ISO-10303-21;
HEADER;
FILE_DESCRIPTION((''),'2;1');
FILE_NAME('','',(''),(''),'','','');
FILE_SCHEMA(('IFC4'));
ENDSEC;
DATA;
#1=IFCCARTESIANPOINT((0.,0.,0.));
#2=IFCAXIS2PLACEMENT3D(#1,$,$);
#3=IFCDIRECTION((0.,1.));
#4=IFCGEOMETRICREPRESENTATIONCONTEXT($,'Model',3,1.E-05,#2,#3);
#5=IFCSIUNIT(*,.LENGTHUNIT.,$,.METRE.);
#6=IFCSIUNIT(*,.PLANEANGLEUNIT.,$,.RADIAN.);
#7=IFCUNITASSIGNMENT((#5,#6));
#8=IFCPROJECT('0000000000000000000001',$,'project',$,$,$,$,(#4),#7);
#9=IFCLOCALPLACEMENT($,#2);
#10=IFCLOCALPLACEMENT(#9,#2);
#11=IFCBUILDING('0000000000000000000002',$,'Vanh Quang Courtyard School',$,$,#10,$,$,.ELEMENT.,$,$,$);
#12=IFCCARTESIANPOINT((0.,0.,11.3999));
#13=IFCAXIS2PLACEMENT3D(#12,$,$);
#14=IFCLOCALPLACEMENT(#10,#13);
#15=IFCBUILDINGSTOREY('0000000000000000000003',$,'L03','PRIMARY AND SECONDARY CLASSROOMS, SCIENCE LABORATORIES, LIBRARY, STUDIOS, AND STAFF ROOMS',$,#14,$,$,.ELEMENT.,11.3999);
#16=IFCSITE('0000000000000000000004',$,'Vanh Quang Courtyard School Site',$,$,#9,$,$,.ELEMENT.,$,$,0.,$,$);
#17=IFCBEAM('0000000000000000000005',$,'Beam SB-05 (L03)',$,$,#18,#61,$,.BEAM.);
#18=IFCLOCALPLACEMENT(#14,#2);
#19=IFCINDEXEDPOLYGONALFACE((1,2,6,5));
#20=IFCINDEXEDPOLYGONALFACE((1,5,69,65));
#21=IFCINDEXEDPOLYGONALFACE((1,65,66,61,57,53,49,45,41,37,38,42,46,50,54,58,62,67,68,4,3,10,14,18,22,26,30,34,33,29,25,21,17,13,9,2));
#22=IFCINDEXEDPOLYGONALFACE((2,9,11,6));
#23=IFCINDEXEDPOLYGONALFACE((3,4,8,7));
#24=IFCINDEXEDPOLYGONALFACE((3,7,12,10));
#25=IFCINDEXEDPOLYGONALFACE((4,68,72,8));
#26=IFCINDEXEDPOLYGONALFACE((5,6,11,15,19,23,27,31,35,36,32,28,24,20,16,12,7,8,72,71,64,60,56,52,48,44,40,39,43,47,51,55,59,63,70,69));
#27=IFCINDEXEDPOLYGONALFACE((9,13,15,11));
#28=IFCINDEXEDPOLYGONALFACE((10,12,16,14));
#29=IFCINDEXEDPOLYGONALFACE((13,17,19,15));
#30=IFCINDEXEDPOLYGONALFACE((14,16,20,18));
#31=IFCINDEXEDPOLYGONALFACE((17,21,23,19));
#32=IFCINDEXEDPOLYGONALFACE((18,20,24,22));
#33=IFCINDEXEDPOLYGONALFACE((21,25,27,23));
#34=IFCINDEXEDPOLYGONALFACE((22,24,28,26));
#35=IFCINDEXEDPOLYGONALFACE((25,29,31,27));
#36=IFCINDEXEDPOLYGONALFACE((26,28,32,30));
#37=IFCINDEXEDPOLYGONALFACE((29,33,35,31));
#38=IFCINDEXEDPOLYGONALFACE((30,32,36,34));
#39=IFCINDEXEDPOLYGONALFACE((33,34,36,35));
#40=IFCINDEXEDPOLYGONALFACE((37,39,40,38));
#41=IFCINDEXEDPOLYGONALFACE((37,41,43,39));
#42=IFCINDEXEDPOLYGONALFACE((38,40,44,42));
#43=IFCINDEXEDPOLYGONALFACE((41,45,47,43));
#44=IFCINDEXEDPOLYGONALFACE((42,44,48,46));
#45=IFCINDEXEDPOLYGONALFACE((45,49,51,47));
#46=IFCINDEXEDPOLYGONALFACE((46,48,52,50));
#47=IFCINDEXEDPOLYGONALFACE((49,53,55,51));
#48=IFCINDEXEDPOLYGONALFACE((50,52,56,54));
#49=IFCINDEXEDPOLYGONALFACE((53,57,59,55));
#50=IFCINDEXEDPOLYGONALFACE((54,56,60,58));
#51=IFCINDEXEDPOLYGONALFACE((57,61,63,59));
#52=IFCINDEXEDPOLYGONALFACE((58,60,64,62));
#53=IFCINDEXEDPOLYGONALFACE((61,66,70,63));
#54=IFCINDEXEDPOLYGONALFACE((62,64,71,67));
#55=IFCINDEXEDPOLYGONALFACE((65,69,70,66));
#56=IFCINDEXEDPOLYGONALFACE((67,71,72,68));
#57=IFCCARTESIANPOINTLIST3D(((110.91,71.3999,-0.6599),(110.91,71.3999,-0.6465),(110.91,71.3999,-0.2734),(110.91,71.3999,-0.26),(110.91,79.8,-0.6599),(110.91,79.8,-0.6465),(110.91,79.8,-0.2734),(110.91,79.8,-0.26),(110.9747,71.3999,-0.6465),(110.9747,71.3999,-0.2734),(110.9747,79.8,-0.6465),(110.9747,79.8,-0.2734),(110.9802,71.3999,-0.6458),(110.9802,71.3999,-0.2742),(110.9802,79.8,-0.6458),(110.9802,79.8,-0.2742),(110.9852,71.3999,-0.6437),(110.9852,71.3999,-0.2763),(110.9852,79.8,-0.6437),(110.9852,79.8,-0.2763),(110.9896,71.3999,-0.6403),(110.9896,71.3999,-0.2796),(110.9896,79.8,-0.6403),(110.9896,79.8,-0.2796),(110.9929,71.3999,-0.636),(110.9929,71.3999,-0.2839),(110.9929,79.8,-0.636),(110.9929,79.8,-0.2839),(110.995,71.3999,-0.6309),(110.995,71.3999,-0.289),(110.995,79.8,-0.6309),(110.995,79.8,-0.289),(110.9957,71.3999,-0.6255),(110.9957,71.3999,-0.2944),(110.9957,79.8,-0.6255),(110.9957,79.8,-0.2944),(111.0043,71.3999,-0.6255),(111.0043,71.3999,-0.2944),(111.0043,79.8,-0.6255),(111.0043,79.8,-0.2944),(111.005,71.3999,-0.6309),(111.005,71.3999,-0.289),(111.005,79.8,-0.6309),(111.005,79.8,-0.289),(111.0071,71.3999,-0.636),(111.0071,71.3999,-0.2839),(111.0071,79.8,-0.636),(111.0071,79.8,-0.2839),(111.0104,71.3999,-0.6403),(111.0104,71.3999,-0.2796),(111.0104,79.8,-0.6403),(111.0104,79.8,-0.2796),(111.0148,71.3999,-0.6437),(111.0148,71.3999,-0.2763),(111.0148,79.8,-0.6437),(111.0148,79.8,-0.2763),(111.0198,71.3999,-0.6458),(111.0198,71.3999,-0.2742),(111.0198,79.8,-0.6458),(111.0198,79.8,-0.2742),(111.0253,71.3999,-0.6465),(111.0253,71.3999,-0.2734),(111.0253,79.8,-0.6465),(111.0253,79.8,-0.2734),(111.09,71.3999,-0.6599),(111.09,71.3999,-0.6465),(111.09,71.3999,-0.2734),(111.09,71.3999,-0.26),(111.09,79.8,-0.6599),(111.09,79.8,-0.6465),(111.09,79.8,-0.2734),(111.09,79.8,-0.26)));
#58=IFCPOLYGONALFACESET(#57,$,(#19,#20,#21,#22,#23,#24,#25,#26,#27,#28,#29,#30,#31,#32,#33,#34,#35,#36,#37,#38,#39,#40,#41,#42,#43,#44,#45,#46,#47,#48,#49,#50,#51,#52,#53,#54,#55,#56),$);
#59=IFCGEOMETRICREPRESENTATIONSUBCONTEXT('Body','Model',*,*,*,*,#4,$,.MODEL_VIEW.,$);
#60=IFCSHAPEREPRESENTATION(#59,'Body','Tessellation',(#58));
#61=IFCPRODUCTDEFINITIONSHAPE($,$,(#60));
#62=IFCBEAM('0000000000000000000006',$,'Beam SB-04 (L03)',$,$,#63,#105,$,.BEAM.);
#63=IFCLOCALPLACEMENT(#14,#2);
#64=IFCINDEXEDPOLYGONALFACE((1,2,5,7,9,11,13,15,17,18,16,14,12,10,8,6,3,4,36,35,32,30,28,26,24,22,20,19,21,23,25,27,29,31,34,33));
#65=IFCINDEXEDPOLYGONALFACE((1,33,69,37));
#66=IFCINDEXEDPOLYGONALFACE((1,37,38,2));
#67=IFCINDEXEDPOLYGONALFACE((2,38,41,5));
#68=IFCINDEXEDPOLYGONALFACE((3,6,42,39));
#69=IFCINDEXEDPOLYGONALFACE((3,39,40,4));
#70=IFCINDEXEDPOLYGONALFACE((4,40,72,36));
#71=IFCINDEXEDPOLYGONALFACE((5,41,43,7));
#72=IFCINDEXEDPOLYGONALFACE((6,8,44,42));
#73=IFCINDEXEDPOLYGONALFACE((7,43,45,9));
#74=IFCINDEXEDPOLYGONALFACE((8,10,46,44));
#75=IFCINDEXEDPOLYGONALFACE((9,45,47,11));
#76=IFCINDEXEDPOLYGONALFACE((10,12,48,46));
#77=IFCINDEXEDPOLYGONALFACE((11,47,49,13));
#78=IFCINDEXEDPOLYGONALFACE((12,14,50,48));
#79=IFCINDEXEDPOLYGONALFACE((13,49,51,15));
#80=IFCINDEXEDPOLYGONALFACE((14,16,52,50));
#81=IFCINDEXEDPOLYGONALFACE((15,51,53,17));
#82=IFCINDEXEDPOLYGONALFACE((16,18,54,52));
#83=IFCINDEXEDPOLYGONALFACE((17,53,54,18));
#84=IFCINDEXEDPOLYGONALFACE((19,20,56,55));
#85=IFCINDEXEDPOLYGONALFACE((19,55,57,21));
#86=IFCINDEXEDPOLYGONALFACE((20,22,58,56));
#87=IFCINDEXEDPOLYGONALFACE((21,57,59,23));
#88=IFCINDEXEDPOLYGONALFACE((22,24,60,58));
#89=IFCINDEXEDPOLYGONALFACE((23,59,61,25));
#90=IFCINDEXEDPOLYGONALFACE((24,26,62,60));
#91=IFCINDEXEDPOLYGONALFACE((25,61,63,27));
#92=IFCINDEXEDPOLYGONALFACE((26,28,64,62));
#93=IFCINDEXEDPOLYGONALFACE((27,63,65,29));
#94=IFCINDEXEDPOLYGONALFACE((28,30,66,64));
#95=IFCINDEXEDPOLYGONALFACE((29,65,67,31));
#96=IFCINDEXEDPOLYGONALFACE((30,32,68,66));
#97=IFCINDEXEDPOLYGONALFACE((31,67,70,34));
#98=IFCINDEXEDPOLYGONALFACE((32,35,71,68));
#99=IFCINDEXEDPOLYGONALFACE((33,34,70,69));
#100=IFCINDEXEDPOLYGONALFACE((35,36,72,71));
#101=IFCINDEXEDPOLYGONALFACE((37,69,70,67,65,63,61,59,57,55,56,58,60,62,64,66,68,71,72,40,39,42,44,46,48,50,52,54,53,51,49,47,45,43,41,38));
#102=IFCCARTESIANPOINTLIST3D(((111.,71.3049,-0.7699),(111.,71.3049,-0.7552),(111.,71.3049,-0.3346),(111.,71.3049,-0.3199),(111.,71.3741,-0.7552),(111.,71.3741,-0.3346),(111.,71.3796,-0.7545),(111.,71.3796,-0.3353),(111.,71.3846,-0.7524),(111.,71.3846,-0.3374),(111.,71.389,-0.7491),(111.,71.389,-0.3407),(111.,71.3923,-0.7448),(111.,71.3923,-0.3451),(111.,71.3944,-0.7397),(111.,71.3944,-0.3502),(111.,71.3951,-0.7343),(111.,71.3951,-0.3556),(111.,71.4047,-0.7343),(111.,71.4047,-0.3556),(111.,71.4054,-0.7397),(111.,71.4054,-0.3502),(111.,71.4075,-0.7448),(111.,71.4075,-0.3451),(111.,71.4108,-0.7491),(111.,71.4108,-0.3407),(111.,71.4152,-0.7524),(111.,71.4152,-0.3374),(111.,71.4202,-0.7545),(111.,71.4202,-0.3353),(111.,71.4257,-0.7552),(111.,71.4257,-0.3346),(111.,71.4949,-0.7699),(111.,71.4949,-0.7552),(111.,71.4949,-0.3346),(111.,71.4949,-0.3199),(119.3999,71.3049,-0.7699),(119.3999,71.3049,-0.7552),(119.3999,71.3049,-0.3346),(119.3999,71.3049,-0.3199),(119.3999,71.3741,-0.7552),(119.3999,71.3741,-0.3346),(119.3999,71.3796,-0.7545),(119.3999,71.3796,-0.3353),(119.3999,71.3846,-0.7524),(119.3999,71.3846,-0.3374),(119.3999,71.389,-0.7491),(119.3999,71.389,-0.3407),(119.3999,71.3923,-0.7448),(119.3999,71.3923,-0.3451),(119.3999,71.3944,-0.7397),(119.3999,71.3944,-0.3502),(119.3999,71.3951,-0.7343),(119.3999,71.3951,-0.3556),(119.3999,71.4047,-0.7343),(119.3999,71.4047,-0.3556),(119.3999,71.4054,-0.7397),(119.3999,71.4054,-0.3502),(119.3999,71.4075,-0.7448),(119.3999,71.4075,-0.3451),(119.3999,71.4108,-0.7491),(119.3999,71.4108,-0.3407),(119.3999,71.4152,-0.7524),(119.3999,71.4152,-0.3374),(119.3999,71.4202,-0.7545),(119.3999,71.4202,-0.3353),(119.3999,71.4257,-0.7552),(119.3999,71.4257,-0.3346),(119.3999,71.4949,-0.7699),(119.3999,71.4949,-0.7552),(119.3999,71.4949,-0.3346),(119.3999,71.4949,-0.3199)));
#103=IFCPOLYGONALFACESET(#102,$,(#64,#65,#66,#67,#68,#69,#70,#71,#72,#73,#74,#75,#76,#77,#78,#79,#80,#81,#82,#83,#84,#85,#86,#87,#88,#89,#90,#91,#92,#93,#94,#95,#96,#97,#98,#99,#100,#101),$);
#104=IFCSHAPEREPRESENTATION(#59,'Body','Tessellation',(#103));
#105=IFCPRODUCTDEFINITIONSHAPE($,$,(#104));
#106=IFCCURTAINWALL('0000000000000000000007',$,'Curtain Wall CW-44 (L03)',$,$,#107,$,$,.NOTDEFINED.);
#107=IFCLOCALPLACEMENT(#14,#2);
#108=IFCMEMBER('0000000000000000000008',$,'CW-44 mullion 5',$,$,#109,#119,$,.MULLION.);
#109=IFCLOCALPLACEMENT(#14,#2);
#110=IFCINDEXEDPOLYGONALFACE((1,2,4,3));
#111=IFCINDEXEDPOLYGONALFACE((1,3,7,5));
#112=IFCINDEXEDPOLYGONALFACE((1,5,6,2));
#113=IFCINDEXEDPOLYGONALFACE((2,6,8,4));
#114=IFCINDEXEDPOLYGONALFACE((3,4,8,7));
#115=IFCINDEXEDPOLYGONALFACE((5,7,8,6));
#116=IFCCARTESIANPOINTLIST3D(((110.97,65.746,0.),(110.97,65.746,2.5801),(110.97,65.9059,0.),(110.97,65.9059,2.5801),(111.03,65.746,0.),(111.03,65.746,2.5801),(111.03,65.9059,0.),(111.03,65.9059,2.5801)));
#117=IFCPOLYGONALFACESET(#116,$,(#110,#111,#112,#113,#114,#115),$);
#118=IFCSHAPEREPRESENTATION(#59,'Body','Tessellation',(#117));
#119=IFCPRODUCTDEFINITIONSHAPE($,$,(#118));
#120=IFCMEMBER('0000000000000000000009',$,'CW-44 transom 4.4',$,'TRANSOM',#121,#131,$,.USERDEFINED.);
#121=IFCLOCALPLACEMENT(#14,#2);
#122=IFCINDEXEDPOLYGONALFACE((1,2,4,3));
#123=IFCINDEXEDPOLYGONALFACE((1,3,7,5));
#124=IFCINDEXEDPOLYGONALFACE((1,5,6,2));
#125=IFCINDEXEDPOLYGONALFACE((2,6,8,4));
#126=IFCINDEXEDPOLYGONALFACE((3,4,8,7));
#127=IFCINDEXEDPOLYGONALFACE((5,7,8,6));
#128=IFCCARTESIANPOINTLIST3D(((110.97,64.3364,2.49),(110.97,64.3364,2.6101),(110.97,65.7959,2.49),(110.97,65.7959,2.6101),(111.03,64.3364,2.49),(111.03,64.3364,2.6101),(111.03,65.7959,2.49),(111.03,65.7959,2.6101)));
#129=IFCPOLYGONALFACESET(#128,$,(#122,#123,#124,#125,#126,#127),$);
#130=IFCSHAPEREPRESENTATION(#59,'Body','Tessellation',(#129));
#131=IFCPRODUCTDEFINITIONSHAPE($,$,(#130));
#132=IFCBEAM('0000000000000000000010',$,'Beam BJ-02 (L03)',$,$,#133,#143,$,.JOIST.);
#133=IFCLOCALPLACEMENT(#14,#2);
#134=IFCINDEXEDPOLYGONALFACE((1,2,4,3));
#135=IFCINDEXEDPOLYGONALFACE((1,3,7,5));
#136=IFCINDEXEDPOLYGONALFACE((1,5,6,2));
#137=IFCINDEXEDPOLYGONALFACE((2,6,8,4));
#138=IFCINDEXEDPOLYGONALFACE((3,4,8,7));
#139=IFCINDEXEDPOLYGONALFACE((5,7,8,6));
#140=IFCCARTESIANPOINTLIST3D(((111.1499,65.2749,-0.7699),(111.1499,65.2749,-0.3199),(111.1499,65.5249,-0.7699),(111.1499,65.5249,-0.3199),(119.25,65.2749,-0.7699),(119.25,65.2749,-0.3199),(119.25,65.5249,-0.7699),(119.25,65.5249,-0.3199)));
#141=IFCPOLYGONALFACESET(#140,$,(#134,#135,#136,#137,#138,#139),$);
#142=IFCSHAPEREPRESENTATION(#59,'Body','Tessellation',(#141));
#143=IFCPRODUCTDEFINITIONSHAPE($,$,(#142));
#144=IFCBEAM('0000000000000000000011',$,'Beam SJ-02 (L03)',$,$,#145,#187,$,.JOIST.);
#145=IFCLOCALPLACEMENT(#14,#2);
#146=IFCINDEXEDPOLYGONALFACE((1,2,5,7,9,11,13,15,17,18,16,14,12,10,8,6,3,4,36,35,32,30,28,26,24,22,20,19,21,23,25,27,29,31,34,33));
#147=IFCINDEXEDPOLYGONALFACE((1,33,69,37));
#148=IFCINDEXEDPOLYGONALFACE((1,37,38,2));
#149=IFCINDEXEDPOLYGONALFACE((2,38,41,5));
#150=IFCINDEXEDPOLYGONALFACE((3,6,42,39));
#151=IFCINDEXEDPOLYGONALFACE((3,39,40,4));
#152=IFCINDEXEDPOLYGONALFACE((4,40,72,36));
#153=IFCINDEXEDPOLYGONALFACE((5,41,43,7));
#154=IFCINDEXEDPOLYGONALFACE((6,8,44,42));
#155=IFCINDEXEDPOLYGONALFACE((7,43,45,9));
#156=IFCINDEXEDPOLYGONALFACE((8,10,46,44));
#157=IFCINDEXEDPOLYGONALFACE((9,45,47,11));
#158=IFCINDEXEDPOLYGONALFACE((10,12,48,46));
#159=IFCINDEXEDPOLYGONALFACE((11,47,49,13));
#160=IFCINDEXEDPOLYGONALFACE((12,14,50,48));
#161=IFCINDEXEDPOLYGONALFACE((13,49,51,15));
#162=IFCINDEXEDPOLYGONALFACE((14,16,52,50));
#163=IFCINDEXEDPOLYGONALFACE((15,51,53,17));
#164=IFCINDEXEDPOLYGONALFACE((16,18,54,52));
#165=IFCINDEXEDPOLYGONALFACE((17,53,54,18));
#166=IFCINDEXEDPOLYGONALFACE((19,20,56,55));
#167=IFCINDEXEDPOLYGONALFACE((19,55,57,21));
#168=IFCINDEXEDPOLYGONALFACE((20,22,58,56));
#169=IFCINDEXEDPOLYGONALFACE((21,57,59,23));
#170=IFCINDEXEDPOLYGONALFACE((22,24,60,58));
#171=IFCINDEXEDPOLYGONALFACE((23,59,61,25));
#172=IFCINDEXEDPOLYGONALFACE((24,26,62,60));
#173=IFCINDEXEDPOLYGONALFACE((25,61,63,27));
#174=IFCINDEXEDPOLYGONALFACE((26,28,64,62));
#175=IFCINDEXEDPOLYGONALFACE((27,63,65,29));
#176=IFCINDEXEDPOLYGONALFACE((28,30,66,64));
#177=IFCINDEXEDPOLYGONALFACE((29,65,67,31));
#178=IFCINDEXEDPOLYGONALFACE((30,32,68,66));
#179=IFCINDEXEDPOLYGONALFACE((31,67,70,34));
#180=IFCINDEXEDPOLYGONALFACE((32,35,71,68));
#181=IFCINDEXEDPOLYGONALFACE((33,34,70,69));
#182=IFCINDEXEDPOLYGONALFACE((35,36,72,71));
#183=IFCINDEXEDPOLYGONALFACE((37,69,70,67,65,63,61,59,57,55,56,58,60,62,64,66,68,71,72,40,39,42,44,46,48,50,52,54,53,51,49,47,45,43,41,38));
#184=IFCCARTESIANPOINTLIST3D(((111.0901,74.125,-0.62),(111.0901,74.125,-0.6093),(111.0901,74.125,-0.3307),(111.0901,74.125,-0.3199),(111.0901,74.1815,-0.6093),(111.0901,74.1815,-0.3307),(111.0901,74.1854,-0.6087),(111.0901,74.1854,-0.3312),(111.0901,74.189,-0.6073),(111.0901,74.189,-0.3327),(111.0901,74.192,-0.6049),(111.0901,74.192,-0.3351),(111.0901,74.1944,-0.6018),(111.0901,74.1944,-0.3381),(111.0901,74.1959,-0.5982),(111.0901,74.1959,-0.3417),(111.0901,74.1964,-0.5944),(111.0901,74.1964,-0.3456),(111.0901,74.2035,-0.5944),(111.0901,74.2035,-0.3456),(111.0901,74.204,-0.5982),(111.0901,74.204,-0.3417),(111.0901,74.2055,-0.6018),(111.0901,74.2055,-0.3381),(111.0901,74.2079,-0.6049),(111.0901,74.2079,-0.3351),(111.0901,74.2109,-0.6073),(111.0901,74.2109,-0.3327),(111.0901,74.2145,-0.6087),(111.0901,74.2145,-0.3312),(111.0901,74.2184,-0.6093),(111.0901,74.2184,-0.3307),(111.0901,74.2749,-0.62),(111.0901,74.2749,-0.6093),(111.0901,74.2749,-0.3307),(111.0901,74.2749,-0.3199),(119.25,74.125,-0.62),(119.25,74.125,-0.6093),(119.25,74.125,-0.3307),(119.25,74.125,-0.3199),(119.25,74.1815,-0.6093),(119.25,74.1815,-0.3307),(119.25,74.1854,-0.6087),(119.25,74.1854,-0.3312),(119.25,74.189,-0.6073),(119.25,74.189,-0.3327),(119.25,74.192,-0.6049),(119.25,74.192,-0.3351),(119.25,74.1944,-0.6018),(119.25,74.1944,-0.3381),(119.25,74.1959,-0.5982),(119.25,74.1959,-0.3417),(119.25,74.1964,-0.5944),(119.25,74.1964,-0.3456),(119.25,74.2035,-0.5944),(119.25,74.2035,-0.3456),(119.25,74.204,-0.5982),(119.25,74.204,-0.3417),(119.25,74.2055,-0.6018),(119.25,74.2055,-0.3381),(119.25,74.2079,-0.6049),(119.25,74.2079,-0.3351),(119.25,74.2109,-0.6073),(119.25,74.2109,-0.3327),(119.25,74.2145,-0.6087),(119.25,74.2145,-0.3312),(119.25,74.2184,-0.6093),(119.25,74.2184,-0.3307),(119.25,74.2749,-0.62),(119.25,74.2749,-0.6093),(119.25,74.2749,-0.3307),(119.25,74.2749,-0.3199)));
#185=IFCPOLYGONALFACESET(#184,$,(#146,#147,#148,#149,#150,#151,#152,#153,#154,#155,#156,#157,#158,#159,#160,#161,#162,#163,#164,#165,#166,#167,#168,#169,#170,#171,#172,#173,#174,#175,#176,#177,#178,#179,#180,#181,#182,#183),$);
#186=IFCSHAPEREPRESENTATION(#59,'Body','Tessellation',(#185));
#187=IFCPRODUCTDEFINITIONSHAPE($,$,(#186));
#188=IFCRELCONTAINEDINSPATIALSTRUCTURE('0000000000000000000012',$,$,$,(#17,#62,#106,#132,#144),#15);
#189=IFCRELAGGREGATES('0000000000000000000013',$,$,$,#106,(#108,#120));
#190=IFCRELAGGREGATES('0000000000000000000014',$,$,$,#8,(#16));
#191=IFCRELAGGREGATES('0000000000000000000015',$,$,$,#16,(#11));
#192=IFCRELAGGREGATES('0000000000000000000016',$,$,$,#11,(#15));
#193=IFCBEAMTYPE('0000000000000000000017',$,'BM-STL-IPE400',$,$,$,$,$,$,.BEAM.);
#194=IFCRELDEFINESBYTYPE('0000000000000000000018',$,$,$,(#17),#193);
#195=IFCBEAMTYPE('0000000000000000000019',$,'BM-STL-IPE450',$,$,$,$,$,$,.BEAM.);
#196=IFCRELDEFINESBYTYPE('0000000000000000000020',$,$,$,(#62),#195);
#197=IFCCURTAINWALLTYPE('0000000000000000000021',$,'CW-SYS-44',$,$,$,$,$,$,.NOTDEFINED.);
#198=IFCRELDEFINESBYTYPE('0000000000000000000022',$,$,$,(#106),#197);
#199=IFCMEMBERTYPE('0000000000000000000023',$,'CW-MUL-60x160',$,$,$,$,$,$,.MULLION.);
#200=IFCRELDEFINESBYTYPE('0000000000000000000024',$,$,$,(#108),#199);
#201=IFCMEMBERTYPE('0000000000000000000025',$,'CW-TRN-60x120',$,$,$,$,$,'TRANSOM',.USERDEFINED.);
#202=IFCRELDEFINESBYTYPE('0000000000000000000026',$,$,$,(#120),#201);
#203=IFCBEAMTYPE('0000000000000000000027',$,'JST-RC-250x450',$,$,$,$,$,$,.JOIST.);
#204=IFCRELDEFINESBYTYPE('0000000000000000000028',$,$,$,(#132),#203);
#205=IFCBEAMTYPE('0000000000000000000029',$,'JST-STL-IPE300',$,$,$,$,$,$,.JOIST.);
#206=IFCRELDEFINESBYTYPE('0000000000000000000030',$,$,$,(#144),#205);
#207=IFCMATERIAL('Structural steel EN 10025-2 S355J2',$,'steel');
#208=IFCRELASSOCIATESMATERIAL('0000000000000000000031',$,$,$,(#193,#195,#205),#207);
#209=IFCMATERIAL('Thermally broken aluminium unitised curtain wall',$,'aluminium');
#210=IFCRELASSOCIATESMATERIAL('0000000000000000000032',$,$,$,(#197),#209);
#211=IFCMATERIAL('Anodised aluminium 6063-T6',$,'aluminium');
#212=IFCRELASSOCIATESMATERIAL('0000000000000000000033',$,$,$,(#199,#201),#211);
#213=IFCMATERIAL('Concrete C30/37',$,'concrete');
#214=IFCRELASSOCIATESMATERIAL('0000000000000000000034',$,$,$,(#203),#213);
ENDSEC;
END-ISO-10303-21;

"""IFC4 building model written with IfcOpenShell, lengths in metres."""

from ifc_helpers import new_model, si_unit, direction, frame, origin, origin_2d, place, context, subcontext, project, spatial, rectangle, i_section, extrude, material, material_profile, profile_set, type_object, element, aggregate, save


model = new_model("IFC4")

# Units and contexts
model_context = context("Model", 3, precision=1e-05, world=origin(), true_north=direction((0.0, 1.0)))
body_context = subcontext(model_context, "Body", "Model", "MODEL_VIEW")
ifc_project = project(units=[si_unit("LENGTHUNIT", "METRE"), si_unit("PLANEANGLEUNIT", "RADIAN")], contexts=[model_context])

# Site, building, storey
site_placement = place(None, origin())
site = spatial("IfcSite", under=ifc_project, at=site_placement, Name="Vanh Quang Courtyard School Site", CompositionType="ELEMENT", RefElevation=0.0)
building_placement = place(site_placement, origin())
building = spatial("IfcBuilding", under=site, at=building_placement, Name="Vanh Quang Courtyard School", CompositionType="ELEMENT")
storey_placement = place(building_placement, frame((0.0, 0.0, 11.3999)))
storey = spatial("IfcBuildingStorey", under=building, at=storey_placement, Name="L03", Description="PRIMARY AND SECONDARY CLASSROOMS, SCIENCE LABORATORIES, LIBRARY, STUDIOS, AND STAFF ROOMS", CompositionType="ELEMENT", Elevation=11.3999)

# Beams
ifc_material_1 = material(Name="Structural steel EN 10025-2 S355J2", Category="steel")
ifc_material_profile_1 = material_profile(ifc_material_1, i_section(OverallWidth=0.1799, OverallDepth=0.3999, WebThickness=0.0085, FlangeThickness=0.0134, FilletRadius=0.021, at=origin_2d()), Name="IPE 400")
ifc_profile_set_1 = profile_set([ifc_material_profile_1], Name="Structural steel EN 10025-2 S355J2")
beam_type_1 = type_object("IfcBeamType", Name="BM-STL-IPE400", PredefinedType="BEAM", material=ifc_profile_set_1)
beam_1_placement = place(storey_placement, frame((111.0, 71.3999, -0.46), z_axis=(0.0, 1.0, 0.0), x_axis=(-1.0, 0.0, 0.0)))
element("IfcBeam", 1, at=beam_1_placement, inside=storey, type_object=beam_type_1, Name="Beam SB-05 (L03)", PredefinedType="BEAM", context=body_context, shape_type="SweptSolid", body=[
    extrude(i_section(OverallWidth=0.1799, OverallDepth=0.3999, WebThickness=0.0085, FlangeThickness=0.0134, FilletRadius=0.021, at=origin_2d()), origin(), (0.0, 0.0, 1.0), 8.4001),
])
ifc_material_profile_2 = material_profile(ifc_material_1, i_section(OverallWidth=0.1899, OverallDepth=0.45, WebThickness=0.0095, FlangeThickness=0.0146, FilletRadius=0.021, at=origin_2d()), Name="IPE 450")
ifc_profile_set_2 = profile_set([ifc_material_profile_2], Name="Structural steel EN 10025-2 S355J2")
beam_type_2 = type_object("IfcBeamType", Name="BM-STL-IPE450", PredefinedType="BEAM", material=ifc_profile_set_2)
beam_2_placement = place(storey_placement, frame((111.0, 71.3999, -0.5449), z_axis=(1.0, 0.0, 0.0), x_axis=(0.0, 1.0, 0.0)))
element("IfcBeam", 2, at=beam_2_placement, inside=storey, type_object=beam_type_2, Name="Beam SB-04 (L03)", PredefinedType="BEAM", context=body_context, shape_type="SweptSolid", body=[
    extrude(i_section(OverallWidth=0.1899, OverallDepth=0.45, WebThickness=0.0095, FlangeThickness=0.0146, FilletRadius=0.021, at=origin_2d()), origin(), (0.0, 0.0, 1.0), 8.3999),
])

# Curtain wall, members
ifc_material_2 = material(Name="Thermally broken aluminium unitised curtain wall", Category="aluminium")
curtain_wall_type = type_object("IfcCurtainWallType", Name="CW-SYS-44", PredefinedType="NOTDEFINED", material=ifc_material_2)
curtain_wall_placement = place(storey_placement, origin())
curtain_wall = element("IfcCurtainWall", 3, at=curtain_wall_placement, inside=storey, type_object=curtain_wall_type, Name="Curtain Wall CW-44 (L03)", PredefinedType="NOTDEFINED")
ifc_material_3 = material(Name="Anodised aluminium 6063-T6", Category="aluminium")
ifc_material_profile_3 = material_profile(ifc_material_3, rectangle(XDim=0.0601, YDim=0.1599, at=origin_2d()), Name="ALU-MUL 60x160")
ifc_profile_set_3 = profile_set([ifc_material_profile_3], Name="Anodised aluminium 6063-T6")
member_type_1 = type_object("IfcMemberType", Name="CW-MUL-60x160", PredefinedType="MULLION", material=ifc_profile_set_3)
member_1_placement = place(storey_placement, frame((111.0, 65.8259, 0.0), z_axis=(0.0, 0.0, 1.0), x_axis=(-1.0, 0.0, 0.0)))
member_1 = element("IfcMember", 4, at=member_1_placement, type_object=member_type_1, Name="CW-44 mullion 5", PredefinedType="MULLION", context=body_context, shape_type="SweptSolid", body=[
    extrude(rectangle(XDim=0.0601, YDim=0.1599, at=origin_2d()), origin(), (0.0, 0.0, 1.0), 2.5801),
])
ifc_material_profile_4 = material_profile(ifc_material_3, rectangle(XDim=0.0601, YDim=0.1201, at=origin_2d()), Name="ALU-TRN 60x120")
ifc_profile_set_4 = profile_set([ifc_material_profile_4], Name="Anodised aluminium 6063-T6")
member_type_2 = type_object("IfcMemberType", Name="CW-TRN-60x120", ElementType="TRANSOM", PredefinedType="USERDEFINED", material=ifc_profile_set_4)
member_2_placement = place(storey_placement, frame((111.0, 64.3364, 2.55), z_axis=(0.0, 1.0, 0.0), x_axis=(-1.0, 0.0, 0.0)))
member_2 = element("IfcMember", 5, at=member_2_placement, type_object=member_type_2, Name="CW-44 transom 4.4", ObjectType="TRANSOM", PredefinedType="USERDEFINED", context=body_context, shape_type="SweptSolid", body=[
    extrude(rectangle(XDim=0.0601, YDim=0.1201, at=origin_2d()), origin(), (0.0, 0.0, 1.0), 1.4595),
])

# Beams
ifc_material_4 = material(Name="Concrete C30/37", Category="concrete")
ifc_material_profile_5 = material_profile(ifc_material_4, rectangle(XDim=0.25, YDim=0.45, at=origin_2d()), Name="RC-JST 250x450")
ifc_profile_set_5 = profile_set([ifc_material_profile_5], Name="Concrete C30/37")
beam_type_3 = type_object("IfcBeamType", Name="JST-RC-250x450", PredefinedType="JOIST", material=ifc_profile_set_5)
beam_3_placement = place(storey_placement, frame((111.1499, 65.3999, -0.5449), z_axis=(1.0, 0.0, 0.0), x_axis=(0.0, 1.0, 0.0)))
element("IfcBeam", 6, at=beam_3_placement, inside=storey, type_object=beam_type_3, Name="Beam BJ-02 (L03)", PredefinedType="JOIST", context=body_context, shape_type="SweptSolid", body=[
    extrude(rectangle(XDim=0.25, YDim=0.45, at=origin_2d()), origin(), (0.0, 0.0, 1.0), 8.1001),
])
ifc_material_profile_6 = material_profile(ifc_material_1, i_section(OverallWidth=0.1499, OverallDepth=0.3, WebThickness=0.0071, FlangeThickness=0.0107, FilletRadius=0.0149, at=origin_2d()), Name="IPE 300")
ifc_profile_set_6 = profile_set([ifc_material_profile_6], Name="Structural steel EN 10025-2 S355J2")
beam_type_4 = type_object("IfcBeamType", Name="JST-STL-IPE300", PredefinedType="JOIST", material=ifc_profile_set_6)
beam_4_placement = place(storey_placement, frame((111.0901, 74.2, -0.47), z_axis=(1.0, 0.0, 0.0), x_axis=(0.0, 1.0, 0.0)))
element("IfcBeam", 7, at=beam_4_placement, inside=storey, type_object=beam_type_4, Name="Beam SJ-02 (L03)", PredefinedType="JOIST", context=body_context, shape_type="SweptSolid", body=[
    extrude(i_section(OverallWidth=0.1499, OverallDepth=0.3, WebThickness=0.0071, FlangeThickness=0.0107, FilletRadius=0.0149, at=origin_2d()), origin(), (0.0, 0.0, 1.0), 8.1599),
])

aggregate(curtain_wall, [member_1, member_2])

save(model, "model.ifc")
